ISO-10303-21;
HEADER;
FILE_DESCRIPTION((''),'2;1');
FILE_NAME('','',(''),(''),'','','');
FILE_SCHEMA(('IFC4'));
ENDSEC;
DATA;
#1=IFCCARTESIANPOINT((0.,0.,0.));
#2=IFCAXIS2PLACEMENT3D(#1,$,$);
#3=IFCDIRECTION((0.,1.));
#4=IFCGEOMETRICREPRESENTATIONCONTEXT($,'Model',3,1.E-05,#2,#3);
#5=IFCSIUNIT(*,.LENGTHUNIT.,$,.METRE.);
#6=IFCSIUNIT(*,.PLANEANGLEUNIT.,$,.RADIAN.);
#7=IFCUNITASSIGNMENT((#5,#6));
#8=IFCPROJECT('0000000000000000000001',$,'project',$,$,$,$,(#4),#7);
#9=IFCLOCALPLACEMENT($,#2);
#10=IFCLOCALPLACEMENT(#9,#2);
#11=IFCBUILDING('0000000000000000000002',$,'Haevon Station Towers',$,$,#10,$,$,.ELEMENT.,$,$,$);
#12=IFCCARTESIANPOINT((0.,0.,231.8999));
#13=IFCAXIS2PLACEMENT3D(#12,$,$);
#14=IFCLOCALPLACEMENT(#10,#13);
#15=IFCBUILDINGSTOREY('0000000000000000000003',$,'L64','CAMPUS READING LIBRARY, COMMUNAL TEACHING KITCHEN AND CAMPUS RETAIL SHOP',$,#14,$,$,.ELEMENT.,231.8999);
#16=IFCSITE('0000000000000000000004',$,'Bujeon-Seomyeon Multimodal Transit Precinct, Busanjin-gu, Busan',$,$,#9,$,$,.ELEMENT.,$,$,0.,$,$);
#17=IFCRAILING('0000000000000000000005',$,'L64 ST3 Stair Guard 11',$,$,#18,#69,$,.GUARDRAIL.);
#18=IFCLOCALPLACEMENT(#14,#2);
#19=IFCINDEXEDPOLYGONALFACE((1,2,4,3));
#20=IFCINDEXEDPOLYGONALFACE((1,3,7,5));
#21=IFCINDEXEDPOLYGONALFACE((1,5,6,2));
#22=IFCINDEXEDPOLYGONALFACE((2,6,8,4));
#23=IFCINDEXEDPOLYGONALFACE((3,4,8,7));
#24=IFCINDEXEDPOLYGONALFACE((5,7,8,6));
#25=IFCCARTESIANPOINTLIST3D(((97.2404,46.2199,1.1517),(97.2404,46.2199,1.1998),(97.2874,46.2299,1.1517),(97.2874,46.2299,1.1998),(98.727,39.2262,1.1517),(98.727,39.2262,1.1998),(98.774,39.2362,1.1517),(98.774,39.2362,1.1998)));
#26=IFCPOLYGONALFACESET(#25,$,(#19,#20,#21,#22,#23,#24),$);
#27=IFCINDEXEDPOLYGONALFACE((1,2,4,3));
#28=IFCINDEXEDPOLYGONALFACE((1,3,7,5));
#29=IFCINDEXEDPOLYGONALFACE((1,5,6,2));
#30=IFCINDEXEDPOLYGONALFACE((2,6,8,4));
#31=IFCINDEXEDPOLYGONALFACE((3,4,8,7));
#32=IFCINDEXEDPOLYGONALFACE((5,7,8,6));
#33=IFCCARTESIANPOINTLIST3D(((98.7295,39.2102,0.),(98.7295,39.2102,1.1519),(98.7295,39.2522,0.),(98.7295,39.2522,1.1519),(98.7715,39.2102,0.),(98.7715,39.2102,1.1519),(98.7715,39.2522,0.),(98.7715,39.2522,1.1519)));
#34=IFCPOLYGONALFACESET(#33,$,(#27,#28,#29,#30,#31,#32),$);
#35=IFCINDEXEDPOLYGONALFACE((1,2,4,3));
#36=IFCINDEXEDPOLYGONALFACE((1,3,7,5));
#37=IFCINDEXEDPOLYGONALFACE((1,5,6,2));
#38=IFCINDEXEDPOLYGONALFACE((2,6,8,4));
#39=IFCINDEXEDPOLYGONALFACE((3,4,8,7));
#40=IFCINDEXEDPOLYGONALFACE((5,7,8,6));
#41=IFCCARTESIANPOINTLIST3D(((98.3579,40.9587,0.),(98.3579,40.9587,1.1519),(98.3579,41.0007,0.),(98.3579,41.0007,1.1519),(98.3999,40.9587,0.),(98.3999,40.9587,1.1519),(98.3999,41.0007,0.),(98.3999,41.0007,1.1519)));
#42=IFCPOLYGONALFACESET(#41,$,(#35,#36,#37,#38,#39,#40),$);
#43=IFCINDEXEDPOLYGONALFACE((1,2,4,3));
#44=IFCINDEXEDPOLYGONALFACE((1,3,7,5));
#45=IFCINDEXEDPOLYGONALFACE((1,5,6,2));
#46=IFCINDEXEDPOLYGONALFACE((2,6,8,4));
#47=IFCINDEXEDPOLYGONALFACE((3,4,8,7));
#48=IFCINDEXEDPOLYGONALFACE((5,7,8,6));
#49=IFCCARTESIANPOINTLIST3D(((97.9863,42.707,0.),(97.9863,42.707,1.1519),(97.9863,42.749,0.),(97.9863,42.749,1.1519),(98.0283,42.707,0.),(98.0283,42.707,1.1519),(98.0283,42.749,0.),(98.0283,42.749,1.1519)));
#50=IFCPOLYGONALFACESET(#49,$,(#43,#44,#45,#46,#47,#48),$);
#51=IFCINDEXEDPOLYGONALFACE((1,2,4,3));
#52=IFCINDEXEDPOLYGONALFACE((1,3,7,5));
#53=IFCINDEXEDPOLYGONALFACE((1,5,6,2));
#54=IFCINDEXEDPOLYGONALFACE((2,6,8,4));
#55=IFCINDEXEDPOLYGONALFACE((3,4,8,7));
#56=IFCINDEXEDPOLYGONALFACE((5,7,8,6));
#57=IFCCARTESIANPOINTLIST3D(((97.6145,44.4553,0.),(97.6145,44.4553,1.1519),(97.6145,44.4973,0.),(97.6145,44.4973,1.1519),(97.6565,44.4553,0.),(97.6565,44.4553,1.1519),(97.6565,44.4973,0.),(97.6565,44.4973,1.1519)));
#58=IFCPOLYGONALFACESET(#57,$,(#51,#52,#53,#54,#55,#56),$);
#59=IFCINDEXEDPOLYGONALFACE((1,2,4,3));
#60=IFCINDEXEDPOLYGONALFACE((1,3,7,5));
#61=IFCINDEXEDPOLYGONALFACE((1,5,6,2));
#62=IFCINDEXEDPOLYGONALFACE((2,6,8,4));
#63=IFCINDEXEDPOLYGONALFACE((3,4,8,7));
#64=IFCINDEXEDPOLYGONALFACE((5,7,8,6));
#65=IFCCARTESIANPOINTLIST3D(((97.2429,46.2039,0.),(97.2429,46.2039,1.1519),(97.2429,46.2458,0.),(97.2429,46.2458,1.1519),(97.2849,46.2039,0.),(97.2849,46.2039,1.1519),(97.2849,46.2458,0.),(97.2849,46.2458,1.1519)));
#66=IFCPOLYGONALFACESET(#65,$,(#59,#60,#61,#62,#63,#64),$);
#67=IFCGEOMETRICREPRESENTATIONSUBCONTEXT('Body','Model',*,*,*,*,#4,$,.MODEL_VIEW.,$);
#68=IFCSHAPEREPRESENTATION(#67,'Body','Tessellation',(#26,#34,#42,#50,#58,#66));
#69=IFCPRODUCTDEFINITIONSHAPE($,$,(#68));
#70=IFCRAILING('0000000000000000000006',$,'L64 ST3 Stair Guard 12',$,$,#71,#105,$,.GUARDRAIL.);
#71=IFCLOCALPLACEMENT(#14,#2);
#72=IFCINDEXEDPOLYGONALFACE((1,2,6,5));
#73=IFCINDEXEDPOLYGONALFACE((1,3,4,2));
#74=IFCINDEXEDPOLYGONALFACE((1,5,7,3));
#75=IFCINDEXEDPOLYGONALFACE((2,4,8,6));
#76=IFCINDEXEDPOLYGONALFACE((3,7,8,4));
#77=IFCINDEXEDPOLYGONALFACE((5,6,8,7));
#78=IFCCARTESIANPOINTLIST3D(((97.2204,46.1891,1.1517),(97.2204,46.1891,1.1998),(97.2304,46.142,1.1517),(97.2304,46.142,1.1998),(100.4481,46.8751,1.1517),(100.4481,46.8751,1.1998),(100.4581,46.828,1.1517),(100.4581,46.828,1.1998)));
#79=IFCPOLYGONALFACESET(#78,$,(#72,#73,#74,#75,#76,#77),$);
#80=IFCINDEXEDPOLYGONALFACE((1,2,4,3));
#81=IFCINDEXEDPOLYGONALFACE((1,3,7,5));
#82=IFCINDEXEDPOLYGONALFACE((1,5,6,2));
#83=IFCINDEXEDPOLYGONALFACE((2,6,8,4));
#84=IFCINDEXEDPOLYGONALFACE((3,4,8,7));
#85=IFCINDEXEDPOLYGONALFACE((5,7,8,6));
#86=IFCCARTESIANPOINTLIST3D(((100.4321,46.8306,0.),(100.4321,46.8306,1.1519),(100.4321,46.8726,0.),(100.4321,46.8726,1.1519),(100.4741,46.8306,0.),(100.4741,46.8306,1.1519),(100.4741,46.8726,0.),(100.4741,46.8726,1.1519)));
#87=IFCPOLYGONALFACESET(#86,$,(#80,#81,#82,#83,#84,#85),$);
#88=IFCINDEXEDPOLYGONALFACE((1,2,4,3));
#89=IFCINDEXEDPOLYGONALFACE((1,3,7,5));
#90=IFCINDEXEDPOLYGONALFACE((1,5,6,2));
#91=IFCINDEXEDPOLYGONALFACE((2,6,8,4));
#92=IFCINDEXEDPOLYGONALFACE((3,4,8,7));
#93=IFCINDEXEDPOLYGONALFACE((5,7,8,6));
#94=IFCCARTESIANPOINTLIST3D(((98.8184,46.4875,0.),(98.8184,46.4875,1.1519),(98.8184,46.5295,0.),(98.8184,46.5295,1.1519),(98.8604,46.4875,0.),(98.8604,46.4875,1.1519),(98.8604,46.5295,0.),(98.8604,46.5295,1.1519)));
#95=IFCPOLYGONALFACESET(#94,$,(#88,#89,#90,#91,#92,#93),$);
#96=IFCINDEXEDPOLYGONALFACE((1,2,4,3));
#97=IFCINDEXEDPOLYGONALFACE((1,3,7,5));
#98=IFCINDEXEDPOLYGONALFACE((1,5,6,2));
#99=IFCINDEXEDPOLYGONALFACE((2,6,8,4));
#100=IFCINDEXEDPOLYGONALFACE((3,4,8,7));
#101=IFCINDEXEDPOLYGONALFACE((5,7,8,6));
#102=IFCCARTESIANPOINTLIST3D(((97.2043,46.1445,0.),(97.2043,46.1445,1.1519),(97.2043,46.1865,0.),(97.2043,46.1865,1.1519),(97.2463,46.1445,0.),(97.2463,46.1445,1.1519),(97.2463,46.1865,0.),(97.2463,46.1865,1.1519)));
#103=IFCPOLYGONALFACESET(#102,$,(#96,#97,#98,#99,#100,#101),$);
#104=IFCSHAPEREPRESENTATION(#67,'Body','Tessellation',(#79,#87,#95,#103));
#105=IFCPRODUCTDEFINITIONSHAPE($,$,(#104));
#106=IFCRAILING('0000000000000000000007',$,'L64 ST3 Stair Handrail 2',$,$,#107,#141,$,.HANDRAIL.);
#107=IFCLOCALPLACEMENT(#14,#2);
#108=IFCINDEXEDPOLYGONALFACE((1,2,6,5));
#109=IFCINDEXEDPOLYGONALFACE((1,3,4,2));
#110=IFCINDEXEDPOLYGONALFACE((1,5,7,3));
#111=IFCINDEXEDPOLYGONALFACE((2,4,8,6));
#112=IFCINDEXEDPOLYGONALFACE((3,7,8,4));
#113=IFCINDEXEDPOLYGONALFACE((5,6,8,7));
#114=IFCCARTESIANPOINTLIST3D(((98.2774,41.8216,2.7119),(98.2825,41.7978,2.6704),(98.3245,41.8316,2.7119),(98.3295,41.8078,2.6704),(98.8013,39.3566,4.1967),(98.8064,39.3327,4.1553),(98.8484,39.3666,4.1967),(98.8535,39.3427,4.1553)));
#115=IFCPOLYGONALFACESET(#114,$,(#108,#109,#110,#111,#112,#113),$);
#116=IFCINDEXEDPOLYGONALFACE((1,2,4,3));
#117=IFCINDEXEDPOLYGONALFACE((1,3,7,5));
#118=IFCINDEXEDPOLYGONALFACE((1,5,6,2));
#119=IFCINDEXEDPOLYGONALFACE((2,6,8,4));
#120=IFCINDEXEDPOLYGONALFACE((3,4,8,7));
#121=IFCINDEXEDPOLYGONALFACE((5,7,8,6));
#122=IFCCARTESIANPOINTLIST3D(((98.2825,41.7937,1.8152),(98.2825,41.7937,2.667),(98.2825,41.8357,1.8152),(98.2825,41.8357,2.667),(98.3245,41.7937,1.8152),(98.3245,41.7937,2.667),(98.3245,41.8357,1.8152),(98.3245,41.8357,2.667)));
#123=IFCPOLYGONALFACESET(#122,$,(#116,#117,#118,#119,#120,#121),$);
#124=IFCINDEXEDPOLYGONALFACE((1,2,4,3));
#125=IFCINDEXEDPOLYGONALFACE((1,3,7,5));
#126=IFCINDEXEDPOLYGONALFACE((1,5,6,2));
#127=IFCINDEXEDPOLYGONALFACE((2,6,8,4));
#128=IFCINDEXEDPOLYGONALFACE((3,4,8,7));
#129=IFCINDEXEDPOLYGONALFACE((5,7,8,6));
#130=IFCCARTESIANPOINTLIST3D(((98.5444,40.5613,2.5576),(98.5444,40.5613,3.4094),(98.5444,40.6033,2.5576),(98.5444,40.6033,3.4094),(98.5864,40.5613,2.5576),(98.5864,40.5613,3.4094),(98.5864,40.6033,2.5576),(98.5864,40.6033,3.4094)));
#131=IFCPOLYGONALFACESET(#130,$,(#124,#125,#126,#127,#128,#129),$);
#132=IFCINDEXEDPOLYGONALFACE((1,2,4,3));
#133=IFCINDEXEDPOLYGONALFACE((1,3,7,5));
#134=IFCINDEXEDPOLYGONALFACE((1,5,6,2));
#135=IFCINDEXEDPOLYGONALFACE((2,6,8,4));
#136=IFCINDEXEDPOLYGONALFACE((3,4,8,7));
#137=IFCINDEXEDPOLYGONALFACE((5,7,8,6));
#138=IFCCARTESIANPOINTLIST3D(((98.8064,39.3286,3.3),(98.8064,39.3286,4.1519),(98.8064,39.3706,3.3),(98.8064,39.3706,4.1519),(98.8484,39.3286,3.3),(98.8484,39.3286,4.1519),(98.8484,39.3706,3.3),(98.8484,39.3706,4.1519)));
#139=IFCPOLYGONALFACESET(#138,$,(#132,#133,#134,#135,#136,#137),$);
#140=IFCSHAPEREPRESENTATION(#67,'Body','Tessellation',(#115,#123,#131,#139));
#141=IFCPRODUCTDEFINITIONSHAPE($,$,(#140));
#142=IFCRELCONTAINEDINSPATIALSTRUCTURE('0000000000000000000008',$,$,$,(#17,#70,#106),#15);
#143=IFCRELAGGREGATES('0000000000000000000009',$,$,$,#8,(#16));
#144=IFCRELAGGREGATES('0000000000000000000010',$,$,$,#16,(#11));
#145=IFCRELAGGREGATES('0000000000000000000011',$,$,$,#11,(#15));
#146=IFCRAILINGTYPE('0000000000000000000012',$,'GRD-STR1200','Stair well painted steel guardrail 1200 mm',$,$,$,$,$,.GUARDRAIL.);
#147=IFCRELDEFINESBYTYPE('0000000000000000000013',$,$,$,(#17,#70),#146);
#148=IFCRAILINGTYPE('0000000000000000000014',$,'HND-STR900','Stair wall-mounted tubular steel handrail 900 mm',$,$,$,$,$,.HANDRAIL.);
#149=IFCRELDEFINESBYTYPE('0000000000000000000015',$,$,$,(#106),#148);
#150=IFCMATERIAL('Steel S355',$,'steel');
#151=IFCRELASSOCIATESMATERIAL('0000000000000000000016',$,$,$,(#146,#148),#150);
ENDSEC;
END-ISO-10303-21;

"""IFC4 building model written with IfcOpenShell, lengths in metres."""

from ifc_helpers import new_model, si_unit, direction, frame, origin, origin_2d, place, context, subcontext, project, spatial, rectangle, extrude, material, type_object, element, save


model = new_model("IFC4")

# Units and contexts
model_context = context("Model", 3, precision=1e-05, world=origin(), true_north=direction((0.0, 1.0)))
body_context = subcontext(model_context, "Body", "Model", "MODEL_VIEW")
ifc_project = project(units=[si_unit("LENGTHUNIT", "METRE"), si_unit("PLANEANGLEUNIT", "RADIAN")], contexts=[model_context])

# Site, building, storey
site_placement = place(None, origin())
site = spatial("IfcSite", under=ifc_project, at=site_placement, Name="Bujeon-Seomyeon Multimodal Transit Precinct, Busanjin-gu, Busan", CompositionType="ELEMENT", RefElevation=0.0)
building_placement = place(site_placement, origin())
building = spatial("IfcBuilding", under=site, at=building_placement, Name="Haevon Station Towers", CompositionType="ELEMENT")
storey_placement = place(building_placement, frame((0.0, 0.0, 231.8999)))
storey = spatial("IfcBuildingStorey", under=building, at=storey_placement, Name="L64", Description="CAMPUS READING LIBRARY, COMMUNAL TEACHING KITCHEN AND CAMPUS RETAIL SHOP", CompositionType="ELEMENT", Elevation=231.8999)

# Shared definitions
ifc_material_1 = material(Name="Steel S355", Category="steel")

# Railings
railing_type_1 = type_object("IfcRailingType", Name="GRD-STR1200", Description="Stair well painted steel guardrail 1200 mm", PredefinedType="GUARDRAIL", material=ifc_material_1)
railing_1_placement = place(storey_placement, frame((98.7505, 39.2312, 0.0)))
element("IfcRailing", 1, at=railing_1_placement, inside=storey, type_object=railing_type_1, Name="L64 ST3 Stair Guard 11", PredefinedType="GUARDRAIL", context=body_context, shape_type="SweptSolid", body=[
    extrude(rectangle(XDim=0.0481, YDim=0.0481, at=origin_2d()), frame((0.0, 0.0, 1.1758), z_axis=(-0.207915, 0.978147, 0.0), x_axis=(-0.978147, -0.207915, 0.0)), (0.0, 0.0, 1.0), 7.1499),
    extrude(rectangle(XDim=0.042, YDim=0.042, at=origin_2d()), origin(), (0.0, 0.0, 1.0), 1.1519),
    extrude(rectangle(XDim=0.042, YDim=0.042, at=origin_2d()), frame((-0.3716, 1.7485, 0.0)), (0.0, 0.0, 1.0), 1.1519),
    extrude(rectangle(XDim=0.042, YDim=0.042, at=origin_2d()), frame((-0.7432, 3.4968, 0.0)), (0.0, 0.0, 1.0), 1.1519),
    extrude(rectangle(XDim=0.042, YDim=0.042, at=origin_2d()), frame((-1.115, 5.2451, 0.0)), (0.0, 0.0, 1.0), 1.1519),
    extrude(rectangle(XDim=0.042, YDim=0.042, at=origin_2d()), frame((-1.4866, 6.9937, 0.0)), (0.0, 0.0, 1.0), 1.1519),
])
railing_2_placement = place(storey_placement, frame((100.4531, 46.8516, 0.0)))
element("IfcRailing", 2, at=railing_2_placement, inside=storey, type_object=railing_type_1, Name="L64 ST3 Stair Guard 12", PredefinedType="GUARDRAIL", context=body_context, shape_type="SweptSolid", body=[
    extrude(rectangle(XDim=0.0481, YDim=0.0481, at=origin_2d()), frame((0.0, 0.0, 1.1758), z_axis=(-0.978151, -0.207897, 0.0), x_axis=(0.207897, -0.978151, 0.0)), (0.0, 0.0, 1.0), 3.2998),
    extrude(rectangle(XDim=0.042, YDim=0.042, at=origin_2d()), origin(), (0.0, 0.0, 1.0), 1.1519),
    extrude(rectangle(XDim=0.042, YDim=0.042, at=origin_2d()), frame((-1.6138, -0.343, 0.0)), (0.0, 0.0, 1.0), 1.1519),
    extrude(rectangle(XDim=0.042, YDim=0.042, at=origin_2d()), frame((-3.2278, -0.686, 0.0)), (0.0, 0.0, 1.0), 1.1519),
])
railing_type_2 = type_object("IfcRailingType", Name="HND-STR900", Description="Stair wall-mounted tubular steel handrail 900 mm", PredefinedType="HANDRAIL", material=ifc_material_1)
railing_3_placement = place(storey_placement, frame((98.3035, 41.8147, 1.8152)))
element("IfcRailing", 3, at=railing_3_placement, inside=storey, type_object=railing_type_2, Name="L64 ST3 Stair Handrail 2", PredefinedType="HANDRAIL", context=body_context, shape_type="SweptSolid", body=[
    extrude(rectangle(XDim=0.0481, YDim=0.0481, at=origin_2d()), frame((0.0, 0.0, 0.876), z_axis=(0.179116, -0.842748, 0.507635), x_axis=(0.978151, 0.207895, 0.0)), (0.0, 0.0, 1.0), 2.925),
    extrude(rectangle(XDim=0.042, YDim=0.042, at=origin_2d()), origin(), (0.0, 0.0, 1.0), 0.8518),
    extrude(rectangle(XDim=0.042, YDim=0.042, at=origin_2d()), frame((0.262, -1.2324, 0.7424)), (0.0, 0.0, 1.0), 0.8518),
    extrude(rectangle(XDim=0.042, YDim=0.042, at=origin_2d()), frame((0.5239, -2.4651, 1.4849)), (0.0, 0.0, 1.0), 0.8518),
])

save(model, "model.ifc")
